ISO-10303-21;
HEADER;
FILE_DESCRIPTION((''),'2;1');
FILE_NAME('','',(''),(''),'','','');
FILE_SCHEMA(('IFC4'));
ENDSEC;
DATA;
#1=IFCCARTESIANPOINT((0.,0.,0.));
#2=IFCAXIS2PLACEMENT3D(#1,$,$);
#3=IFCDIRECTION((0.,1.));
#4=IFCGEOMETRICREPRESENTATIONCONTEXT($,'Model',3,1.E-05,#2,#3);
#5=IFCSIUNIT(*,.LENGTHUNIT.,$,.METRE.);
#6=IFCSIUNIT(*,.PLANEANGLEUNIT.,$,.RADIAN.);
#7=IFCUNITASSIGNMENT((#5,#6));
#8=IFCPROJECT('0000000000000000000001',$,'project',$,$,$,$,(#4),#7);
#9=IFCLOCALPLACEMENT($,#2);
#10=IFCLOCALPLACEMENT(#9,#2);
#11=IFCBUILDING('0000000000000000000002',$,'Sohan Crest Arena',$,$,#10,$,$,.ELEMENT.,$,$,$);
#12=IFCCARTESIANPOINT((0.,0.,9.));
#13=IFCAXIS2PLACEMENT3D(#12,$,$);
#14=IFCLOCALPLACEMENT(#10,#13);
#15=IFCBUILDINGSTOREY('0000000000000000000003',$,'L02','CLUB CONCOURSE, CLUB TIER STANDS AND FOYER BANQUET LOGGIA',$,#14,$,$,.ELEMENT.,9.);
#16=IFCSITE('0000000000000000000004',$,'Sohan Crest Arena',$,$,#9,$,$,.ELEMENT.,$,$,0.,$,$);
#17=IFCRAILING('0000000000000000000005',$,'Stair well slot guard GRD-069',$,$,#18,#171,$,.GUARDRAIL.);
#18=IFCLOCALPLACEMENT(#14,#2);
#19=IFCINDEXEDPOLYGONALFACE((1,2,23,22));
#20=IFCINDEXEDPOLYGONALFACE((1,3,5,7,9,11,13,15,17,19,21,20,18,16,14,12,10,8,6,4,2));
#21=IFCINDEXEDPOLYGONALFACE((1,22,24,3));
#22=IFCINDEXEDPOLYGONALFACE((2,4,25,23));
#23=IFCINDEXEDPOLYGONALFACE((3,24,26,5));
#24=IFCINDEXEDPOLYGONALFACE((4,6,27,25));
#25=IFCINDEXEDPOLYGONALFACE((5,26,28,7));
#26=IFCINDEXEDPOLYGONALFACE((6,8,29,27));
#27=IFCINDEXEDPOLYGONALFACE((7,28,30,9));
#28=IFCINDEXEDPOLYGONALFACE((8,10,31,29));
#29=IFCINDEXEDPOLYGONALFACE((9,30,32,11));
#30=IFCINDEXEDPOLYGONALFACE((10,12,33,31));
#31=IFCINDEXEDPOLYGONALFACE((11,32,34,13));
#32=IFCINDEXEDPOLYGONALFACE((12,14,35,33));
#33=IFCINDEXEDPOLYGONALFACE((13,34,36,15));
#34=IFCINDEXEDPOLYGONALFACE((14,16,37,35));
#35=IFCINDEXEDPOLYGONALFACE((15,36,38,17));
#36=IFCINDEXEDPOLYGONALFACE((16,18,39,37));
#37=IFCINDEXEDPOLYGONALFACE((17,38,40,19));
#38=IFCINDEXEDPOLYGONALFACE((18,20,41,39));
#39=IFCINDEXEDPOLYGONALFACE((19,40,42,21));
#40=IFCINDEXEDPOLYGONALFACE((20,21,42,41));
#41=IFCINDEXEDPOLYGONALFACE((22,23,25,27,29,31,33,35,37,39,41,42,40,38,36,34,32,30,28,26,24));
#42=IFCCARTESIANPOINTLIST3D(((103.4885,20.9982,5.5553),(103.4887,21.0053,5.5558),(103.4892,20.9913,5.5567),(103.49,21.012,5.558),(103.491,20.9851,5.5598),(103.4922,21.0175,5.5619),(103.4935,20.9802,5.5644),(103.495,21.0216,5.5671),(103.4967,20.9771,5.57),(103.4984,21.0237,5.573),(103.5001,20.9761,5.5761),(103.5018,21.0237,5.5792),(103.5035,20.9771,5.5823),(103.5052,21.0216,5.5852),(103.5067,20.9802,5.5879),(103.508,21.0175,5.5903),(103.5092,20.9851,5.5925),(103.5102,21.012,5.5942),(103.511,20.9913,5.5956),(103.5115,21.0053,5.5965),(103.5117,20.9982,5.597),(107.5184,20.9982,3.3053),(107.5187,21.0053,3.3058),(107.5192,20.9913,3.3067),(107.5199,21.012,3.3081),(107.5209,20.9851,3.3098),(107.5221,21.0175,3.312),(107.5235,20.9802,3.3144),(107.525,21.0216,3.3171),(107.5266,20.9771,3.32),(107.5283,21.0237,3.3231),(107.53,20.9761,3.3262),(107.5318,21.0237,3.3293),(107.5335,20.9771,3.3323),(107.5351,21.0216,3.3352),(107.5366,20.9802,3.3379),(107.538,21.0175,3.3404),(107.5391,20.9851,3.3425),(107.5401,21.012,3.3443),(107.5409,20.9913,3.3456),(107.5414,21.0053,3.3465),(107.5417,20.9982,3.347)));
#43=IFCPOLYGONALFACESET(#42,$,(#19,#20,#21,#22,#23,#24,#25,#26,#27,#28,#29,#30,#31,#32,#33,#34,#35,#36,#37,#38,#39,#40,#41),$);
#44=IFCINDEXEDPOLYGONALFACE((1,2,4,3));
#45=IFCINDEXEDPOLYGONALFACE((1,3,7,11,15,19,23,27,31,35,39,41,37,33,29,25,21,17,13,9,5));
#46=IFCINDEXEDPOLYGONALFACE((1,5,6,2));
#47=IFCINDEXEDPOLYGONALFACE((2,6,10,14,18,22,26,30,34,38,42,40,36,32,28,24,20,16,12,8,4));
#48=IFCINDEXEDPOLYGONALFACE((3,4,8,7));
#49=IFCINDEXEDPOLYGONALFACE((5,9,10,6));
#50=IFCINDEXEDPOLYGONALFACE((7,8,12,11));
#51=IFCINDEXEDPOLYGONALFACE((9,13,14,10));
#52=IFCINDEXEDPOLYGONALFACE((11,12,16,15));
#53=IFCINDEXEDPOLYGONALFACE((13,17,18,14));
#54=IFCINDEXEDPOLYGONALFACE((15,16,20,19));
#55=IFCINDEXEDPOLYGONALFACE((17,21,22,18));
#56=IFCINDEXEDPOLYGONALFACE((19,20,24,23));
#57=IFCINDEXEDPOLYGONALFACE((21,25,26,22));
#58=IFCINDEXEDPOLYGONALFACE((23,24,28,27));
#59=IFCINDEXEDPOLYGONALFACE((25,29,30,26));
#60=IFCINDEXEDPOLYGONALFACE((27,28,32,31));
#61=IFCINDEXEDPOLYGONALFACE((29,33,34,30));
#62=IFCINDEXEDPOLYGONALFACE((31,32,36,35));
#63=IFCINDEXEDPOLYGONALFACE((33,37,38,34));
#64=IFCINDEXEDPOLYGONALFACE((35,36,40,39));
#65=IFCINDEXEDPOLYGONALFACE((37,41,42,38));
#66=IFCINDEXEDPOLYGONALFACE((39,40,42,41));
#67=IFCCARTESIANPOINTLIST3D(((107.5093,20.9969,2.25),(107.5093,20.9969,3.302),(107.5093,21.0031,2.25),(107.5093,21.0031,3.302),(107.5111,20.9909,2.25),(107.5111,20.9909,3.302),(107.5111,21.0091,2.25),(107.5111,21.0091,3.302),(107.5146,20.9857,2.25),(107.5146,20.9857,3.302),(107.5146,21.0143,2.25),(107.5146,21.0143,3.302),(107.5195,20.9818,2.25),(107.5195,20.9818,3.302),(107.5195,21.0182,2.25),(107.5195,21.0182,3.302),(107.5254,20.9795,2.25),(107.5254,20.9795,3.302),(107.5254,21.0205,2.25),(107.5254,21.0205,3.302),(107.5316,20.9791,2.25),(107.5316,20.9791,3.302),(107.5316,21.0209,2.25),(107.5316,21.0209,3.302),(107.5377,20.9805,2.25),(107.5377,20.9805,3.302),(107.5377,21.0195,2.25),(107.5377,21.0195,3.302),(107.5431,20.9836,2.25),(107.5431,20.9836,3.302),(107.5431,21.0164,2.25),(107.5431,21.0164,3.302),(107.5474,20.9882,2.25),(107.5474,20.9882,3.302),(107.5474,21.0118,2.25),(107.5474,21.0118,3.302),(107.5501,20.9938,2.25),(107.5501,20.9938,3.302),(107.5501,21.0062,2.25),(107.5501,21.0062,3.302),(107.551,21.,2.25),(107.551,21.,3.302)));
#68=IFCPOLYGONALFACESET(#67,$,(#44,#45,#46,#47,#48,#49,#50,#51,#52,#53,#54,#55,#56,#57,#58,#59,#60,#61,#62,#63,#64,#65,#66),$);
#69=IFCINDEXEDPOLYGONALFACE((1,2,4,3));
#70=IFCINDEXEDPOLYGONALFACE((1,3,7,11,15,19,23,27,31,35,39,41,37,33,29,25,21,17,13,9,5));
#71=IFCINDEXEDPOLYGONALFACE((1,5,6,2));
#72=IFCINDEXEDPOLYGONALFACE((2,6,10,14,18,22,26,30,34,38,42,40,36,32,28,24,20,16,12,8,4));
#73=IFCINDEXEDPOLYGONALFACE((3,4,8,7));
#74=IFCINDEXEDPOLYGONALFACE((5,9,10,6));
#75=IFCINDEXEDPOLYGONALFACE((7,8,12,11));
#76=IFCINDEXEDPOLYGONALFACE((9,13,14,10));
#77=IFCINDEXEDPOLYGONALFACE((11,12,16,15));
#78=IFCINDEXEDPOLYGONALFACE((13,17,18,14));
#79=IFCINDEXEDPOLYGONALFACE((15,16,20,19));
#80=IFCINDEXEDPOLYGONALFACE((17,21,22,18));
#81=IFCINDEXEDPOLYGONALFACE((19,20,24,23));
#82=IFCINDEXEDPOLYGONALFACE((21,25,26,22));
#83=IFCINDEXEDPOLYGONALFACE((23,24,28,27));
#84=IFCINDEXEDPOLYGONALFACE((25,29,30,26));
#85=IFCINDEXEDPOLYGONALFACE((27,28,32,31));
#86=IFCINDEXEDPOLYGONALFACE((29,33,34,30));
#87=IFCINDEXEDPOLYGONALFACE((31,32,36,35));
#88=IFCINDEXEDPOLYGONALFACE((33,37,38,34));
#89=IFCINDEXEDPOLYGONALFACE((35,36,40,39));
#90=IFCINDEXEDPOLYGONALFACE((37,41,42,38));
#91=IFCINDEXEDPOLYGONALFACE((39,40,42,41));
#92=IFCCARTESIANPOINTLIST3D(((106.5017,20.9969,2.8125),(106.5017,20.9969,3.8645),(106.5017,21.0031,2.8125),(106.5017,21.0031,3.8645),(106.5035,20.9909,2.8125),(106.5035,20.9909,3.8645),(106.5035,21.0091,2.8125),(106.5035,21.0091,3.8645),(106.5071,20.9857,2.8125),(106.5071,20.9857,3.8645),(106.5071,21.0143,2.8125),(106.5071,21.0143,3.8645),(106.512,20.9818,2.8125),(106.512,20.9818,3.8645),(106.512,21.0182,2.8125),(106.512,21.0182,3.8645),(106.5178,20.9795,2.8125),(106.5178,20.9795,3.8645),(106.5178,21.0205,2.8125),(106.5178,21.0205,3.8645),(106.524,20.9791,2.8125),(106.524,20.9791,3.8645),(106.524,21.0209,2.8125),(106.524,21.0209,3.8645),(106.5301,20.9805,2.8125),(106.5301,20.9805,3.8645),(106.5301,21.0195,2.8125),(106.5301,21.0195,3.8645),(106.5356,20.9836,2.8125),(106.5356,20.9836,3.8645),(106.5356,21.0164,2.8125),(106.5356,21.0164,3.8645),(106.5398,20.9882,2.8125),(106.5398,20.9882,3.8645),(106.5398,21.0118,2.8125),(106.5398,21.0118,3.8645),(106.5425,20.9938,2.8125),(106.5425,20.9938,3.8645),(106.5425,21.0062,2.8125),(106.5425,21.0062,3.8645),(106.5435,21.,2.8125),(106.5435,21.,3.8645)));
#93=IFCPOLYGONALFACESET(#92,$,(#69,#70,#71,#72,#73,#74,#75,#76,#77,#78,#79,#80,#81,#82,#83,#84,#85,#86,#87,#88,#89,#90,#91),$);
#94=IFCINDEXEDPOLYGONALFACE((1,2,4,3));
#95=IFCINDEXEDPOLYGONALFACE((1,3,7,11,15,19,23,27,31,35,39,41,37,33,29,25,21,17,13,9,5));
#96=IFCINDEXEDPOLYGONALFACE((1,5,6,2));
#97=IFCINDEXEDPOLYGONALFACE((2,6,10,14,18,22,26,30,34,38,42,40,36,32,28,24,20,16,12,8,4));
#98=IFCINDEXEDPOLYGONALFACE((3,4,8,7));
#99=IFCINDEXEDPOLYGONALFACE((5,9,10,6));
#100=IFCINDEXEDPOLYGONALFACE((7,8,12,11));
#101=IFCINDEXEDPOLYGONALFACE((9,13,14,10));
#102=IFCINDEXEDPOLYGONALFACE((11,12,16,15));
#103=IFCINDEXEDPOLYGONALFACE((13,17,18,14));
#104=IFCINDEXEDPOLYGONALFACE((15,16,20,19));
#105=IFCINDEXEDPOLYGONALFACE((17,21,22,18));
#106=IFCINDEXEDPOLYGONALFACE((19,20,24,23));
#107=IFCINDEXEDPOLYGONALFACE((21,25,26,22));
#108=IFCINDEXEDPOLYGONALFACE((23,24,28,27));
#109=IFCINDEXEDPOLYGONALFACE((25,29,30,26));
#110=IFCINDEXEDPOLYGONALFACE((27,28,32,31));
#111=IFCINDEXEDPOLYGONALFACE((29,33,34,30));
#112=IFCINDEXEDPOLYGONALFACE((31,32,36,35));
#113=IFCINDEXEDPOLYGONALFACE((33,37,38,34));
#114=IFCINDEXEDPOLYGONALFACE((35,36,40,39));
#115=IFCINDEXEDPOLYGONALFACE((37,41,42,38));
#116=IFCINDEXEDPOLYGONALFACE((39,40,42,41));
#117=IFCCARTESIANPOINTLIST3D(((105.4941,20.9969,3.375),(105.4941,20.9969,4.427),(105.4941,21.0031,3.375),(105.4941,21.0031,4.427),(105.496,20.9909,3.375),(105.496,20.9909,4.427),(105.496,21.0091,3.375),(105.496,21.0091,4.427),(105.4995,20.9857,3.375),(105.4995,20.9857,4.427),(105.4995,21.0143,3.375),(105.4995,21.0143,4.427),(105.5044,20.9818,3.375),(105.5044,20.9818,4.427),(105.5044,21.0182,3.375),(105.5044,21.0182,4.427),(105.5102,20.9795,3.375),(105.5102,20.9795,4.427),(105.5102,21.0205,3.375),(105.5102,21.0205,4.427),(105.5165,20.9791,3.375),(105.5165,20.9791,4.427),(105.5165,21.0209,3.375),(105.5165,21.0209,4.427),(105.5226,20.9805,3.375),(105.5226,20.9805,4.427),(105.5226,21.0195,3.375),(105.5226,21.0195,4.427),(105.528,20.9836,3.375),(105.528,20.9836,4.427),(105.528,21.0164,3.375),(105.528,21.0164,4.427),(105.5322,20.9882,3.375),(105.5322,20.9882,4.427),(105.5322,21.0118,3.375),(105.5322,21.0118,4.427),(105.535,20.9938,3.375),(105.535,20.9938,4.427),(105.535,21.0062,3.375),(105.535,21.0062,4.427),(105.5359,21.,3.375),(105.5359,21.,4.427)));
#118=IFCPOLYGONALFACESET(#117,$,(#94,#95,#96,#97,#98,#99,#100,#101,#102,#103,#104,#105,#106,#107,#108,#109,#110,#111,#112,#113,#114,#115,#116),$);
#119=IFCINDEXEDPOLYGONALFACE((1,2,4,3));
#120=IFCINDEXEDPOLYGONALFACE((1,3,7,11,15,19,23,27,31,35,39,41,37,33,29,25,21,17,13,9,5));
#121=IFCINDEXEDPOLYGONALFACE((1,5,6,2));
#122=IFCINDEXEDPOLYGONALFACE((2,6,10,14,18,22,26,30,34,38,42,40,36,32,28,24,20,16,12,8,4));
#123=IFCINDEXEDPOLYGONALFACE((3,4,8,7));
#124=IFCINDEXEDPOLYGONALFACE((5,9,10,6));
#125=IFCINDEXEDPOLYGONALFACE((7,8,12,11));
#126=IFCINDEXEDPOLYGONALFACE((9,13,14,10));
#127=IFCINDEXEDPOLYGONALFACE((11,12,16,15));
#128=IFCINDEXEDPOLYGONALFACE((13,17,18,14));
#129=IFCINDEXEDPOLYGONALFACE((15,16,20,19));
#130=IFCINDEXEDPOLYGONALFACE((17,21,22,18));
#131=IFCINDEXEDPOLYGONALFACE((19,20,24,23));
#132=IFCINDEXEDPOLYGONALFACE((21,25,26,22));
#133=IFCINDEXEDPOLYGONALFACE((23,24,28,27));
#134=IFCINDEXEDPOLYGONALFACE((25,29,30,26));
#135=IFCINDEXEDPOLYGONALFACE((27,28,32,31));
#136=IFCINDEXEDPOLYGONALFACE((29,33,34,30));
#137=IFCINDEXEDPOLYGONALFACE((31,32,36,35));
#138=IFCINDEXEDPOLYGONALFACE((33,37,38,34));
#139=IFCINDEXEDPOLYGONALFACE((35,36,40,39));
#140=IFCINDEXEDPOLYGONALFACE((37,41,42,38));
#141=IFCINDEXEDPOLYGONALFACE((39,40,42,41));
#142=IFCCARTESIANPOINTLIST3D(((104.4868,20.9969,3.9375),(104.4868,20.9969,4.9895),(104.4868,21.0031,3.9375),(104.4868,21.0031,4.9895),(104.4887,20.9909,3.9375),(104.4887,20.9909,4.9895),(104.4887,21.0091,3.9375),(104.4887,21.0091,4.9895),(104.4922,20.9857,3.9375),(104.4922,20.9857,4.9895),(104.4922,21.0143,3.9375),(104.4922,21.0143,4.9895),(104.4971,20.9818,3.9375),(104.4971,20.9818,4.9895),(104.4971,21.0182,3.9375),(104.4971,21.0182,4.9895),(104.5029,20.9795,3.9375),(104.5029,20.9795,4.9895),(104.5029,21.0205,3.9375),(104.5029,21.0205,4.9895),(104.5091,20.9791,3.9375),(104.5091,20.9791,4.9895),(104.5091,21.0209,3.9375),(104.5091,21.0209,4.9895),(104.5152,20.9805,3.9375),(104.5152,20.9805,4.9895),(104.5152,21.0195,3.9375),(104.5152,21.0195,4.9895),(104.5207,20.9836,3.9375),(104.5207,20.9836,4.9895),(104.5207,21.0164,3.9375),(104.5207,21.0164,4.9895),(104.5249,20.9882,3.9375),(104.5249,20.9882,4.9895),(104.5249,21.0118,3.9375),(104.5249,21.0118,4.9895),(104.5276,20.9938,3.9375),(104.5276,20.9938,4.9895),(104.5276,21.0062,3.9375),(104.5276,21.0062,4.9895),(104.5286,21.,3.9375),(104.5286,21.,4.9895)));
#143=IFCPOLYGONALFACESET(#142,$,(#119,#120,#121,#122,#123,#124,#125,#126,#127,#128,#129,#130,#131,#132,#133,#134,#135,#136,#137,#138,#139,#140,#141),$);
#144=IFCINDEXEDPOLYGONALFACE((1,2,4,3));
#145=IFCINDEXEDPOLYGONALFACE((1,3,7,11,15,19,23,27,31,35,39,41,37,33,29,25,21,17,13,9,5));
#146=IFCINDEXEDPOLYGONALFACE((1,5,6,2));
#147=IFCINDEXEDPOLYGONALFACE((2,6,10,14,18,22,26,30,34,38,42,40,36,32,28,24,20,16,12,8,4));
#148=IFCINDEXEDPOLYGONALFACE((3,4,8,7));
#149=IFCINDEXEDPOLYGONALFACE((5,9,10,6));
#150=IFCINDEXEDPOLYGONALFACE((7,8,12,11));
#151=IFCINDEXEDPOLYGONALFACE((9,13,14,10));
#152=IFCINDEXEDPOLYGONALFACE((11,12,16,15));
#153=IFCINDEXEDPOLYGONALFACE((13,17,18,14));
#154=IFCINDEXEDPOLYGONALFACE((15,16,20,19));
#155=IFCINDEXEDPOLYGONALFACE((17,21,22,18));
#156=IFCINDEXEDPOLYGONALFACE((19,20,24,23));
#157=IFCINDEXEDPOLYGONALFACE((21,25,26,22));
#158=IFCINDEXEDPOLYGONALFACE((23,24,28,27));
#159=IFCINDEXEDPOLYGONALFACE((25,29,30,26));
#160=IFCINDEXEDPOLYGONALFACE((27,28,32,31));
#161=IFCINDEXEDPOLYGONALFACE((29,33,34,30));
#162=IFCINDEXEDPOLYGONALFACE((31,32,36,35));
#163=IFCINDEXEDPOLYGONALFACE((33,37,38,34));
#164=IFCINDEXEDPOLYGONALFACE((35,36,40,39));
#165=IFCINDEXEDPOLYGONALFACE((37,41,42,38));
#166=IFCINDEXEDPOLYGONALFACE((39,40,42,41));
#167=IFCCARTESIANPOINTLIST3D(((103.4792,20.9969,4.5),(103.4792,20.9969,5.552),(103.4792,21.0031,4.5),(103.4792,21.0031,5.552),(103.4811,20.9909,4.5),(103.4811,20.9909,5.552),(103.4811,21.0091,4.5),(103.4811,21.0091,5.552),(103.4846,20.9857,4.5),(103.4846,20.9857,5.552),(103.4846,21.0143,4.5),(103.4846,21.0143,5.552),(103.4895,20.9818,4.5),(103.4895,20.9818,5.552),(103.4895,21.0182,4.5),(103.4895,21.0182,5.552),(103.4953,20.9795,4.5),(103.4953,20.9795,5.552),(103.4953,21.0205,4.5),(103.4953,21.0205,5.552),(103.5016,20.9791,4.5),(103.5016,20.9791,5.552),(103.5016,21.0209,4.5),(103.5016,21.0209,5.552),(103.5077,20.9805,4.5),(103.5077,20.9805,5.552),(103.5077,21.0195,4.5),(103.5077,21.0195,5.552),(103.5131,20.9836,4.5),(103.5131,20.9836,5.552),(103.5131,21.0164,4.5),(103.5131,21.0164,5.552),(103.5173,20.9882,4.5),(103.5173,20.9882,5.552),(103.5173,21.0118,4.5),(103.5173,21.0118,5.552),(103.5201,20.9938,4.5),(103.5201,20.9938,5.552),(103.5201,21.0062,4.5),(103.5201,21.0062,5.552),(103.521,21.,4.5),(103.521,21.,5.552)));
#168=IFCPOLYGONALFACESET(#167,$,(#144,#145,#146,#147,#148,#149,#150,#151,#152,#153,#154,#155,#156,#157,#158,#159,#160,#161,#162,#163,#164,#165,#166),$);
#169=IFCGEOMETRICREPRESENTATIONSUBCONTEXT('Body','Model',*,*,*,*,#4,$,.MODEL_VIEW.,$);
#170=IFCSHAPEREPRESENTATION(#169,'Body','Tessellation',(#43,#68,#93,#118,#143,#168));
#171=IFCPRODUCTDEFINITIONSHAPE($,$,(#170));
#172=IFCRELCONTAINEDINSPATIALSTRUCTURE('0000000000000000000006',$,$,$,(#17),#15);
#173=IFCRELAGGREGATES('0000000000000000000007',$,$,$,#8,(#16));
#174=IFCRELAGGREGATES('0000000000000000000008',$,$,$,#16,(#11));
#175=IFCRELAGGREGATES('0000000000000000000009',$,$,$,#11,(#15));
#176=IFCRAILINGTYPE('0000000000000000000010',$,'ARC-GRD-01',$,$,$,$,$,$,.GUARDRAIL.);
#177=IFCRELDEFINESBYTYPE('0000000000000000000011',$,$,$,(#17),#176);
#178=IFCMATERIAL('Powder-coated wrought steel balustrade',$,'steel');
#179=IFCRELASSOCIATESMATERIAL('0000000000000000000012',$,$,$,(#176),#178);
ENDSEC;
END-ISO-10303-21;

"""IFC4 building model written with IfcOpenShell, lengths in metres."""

from ifc_helpers import new_model, si_unit, direction, frame, origin, origin_2d, place, context, subcontext, project, spatial, circle, extrude, material, type_object, element, save


model = new_model("IFC4")

# Units and contexts
model_context = context("Model", 3, precision=1e-05, world=origin(), true_north=direction((0.0, 1.0)))
body_context = subcontext(model_context, "Body", "Model", "MODEL_VIEW")
ifc_project = project(units=[si_unit("LENGTHUNIT", "METRE"), si_unit("PLANEANGLEUNIT", "RADIAN")], contexts=[model_context])

# Site, building, storey
site_placement = place(None, origin())
site = spatial("IfcSite", under=ifc_project, at=site_placement, Name="Sohan Crest Arena", CompositionType="ELEMENT", RefElevation=0.0)
building_placement = place(site_placement, origin())
building = spatial("IfcBuilding", under=site, at=building_placement, Name="Sohan Crest Arena", CompositionType="ELEMENT")
storey_placement = place(building_placement, frame((0.0, 0.0, 9.0)))
storey = spatial("IfcBuildingStorey", under=building, at=storey_placement, Name="L02", Description="CLUB CONCOURSE, CLUB TIER STANDS AND FOYER BANQUET LOGGIA", CompositionType="ELEMENT", Elevation=9.0)

# Railing
ifc_material_1 = material(Name="Powder-coated wrought steel balustrade", Category="steel")
railing_type_1 = type_object("IfcRailingType", Name="ARC-GRD-01", PredefinedType="GUARDRAIL", material=ifc_material_1)
railing_1_placement = place(storey_placement, frame((107.53, 21.0, 2.25)))
element("IfcRailing", 1, at=railing_1_placement, inside=storey, type_object=railing_type_1, Name="Stair well slot guard GRD-069", PredefinedType="GUARDRAIL", context=body_context, shape_type="SweptSolid", body=[
    extrude(circle(Radius=0.0239, at=origin_2d()), frame((0.0, 0.0, 1.0762), z_axis=(-0.873135, 0.0, 0.487479), x_axis=(0.0, -1.0, 0.0)), (0.0, 0.0, 1.0), 4.6155),
    extrude(circle(Radius=0.021, at=origin_2d()), origin(), (0.0, 0.0, 1.0), 1.052),
    extrude(circle(Radius=0.021, at=origin_2d()), frame((-1.0076, 0.0, 0.5625)), (0.0, 0.0, 1.0), 1.052),
    extrude(circle(Radius=0.021, at=origin_2d()), frame((-2.0151, 0.0, 1.125)), (0.0, 0.0, 1.0), 1.052),
    extrude(circle(Radius=0.021, at=origin_2d()), frame((-3.0225, 0.0, 1.6875)), (0.0, 0.0, 1.0), 1.052),
    extrude(circle(Radius=0.021, at=origin_2d()), frame((-4.03, 0.0, 2.25)), (0.0, 0.0, 1.0), 1.052),
])

save(model, "model.ifc")
